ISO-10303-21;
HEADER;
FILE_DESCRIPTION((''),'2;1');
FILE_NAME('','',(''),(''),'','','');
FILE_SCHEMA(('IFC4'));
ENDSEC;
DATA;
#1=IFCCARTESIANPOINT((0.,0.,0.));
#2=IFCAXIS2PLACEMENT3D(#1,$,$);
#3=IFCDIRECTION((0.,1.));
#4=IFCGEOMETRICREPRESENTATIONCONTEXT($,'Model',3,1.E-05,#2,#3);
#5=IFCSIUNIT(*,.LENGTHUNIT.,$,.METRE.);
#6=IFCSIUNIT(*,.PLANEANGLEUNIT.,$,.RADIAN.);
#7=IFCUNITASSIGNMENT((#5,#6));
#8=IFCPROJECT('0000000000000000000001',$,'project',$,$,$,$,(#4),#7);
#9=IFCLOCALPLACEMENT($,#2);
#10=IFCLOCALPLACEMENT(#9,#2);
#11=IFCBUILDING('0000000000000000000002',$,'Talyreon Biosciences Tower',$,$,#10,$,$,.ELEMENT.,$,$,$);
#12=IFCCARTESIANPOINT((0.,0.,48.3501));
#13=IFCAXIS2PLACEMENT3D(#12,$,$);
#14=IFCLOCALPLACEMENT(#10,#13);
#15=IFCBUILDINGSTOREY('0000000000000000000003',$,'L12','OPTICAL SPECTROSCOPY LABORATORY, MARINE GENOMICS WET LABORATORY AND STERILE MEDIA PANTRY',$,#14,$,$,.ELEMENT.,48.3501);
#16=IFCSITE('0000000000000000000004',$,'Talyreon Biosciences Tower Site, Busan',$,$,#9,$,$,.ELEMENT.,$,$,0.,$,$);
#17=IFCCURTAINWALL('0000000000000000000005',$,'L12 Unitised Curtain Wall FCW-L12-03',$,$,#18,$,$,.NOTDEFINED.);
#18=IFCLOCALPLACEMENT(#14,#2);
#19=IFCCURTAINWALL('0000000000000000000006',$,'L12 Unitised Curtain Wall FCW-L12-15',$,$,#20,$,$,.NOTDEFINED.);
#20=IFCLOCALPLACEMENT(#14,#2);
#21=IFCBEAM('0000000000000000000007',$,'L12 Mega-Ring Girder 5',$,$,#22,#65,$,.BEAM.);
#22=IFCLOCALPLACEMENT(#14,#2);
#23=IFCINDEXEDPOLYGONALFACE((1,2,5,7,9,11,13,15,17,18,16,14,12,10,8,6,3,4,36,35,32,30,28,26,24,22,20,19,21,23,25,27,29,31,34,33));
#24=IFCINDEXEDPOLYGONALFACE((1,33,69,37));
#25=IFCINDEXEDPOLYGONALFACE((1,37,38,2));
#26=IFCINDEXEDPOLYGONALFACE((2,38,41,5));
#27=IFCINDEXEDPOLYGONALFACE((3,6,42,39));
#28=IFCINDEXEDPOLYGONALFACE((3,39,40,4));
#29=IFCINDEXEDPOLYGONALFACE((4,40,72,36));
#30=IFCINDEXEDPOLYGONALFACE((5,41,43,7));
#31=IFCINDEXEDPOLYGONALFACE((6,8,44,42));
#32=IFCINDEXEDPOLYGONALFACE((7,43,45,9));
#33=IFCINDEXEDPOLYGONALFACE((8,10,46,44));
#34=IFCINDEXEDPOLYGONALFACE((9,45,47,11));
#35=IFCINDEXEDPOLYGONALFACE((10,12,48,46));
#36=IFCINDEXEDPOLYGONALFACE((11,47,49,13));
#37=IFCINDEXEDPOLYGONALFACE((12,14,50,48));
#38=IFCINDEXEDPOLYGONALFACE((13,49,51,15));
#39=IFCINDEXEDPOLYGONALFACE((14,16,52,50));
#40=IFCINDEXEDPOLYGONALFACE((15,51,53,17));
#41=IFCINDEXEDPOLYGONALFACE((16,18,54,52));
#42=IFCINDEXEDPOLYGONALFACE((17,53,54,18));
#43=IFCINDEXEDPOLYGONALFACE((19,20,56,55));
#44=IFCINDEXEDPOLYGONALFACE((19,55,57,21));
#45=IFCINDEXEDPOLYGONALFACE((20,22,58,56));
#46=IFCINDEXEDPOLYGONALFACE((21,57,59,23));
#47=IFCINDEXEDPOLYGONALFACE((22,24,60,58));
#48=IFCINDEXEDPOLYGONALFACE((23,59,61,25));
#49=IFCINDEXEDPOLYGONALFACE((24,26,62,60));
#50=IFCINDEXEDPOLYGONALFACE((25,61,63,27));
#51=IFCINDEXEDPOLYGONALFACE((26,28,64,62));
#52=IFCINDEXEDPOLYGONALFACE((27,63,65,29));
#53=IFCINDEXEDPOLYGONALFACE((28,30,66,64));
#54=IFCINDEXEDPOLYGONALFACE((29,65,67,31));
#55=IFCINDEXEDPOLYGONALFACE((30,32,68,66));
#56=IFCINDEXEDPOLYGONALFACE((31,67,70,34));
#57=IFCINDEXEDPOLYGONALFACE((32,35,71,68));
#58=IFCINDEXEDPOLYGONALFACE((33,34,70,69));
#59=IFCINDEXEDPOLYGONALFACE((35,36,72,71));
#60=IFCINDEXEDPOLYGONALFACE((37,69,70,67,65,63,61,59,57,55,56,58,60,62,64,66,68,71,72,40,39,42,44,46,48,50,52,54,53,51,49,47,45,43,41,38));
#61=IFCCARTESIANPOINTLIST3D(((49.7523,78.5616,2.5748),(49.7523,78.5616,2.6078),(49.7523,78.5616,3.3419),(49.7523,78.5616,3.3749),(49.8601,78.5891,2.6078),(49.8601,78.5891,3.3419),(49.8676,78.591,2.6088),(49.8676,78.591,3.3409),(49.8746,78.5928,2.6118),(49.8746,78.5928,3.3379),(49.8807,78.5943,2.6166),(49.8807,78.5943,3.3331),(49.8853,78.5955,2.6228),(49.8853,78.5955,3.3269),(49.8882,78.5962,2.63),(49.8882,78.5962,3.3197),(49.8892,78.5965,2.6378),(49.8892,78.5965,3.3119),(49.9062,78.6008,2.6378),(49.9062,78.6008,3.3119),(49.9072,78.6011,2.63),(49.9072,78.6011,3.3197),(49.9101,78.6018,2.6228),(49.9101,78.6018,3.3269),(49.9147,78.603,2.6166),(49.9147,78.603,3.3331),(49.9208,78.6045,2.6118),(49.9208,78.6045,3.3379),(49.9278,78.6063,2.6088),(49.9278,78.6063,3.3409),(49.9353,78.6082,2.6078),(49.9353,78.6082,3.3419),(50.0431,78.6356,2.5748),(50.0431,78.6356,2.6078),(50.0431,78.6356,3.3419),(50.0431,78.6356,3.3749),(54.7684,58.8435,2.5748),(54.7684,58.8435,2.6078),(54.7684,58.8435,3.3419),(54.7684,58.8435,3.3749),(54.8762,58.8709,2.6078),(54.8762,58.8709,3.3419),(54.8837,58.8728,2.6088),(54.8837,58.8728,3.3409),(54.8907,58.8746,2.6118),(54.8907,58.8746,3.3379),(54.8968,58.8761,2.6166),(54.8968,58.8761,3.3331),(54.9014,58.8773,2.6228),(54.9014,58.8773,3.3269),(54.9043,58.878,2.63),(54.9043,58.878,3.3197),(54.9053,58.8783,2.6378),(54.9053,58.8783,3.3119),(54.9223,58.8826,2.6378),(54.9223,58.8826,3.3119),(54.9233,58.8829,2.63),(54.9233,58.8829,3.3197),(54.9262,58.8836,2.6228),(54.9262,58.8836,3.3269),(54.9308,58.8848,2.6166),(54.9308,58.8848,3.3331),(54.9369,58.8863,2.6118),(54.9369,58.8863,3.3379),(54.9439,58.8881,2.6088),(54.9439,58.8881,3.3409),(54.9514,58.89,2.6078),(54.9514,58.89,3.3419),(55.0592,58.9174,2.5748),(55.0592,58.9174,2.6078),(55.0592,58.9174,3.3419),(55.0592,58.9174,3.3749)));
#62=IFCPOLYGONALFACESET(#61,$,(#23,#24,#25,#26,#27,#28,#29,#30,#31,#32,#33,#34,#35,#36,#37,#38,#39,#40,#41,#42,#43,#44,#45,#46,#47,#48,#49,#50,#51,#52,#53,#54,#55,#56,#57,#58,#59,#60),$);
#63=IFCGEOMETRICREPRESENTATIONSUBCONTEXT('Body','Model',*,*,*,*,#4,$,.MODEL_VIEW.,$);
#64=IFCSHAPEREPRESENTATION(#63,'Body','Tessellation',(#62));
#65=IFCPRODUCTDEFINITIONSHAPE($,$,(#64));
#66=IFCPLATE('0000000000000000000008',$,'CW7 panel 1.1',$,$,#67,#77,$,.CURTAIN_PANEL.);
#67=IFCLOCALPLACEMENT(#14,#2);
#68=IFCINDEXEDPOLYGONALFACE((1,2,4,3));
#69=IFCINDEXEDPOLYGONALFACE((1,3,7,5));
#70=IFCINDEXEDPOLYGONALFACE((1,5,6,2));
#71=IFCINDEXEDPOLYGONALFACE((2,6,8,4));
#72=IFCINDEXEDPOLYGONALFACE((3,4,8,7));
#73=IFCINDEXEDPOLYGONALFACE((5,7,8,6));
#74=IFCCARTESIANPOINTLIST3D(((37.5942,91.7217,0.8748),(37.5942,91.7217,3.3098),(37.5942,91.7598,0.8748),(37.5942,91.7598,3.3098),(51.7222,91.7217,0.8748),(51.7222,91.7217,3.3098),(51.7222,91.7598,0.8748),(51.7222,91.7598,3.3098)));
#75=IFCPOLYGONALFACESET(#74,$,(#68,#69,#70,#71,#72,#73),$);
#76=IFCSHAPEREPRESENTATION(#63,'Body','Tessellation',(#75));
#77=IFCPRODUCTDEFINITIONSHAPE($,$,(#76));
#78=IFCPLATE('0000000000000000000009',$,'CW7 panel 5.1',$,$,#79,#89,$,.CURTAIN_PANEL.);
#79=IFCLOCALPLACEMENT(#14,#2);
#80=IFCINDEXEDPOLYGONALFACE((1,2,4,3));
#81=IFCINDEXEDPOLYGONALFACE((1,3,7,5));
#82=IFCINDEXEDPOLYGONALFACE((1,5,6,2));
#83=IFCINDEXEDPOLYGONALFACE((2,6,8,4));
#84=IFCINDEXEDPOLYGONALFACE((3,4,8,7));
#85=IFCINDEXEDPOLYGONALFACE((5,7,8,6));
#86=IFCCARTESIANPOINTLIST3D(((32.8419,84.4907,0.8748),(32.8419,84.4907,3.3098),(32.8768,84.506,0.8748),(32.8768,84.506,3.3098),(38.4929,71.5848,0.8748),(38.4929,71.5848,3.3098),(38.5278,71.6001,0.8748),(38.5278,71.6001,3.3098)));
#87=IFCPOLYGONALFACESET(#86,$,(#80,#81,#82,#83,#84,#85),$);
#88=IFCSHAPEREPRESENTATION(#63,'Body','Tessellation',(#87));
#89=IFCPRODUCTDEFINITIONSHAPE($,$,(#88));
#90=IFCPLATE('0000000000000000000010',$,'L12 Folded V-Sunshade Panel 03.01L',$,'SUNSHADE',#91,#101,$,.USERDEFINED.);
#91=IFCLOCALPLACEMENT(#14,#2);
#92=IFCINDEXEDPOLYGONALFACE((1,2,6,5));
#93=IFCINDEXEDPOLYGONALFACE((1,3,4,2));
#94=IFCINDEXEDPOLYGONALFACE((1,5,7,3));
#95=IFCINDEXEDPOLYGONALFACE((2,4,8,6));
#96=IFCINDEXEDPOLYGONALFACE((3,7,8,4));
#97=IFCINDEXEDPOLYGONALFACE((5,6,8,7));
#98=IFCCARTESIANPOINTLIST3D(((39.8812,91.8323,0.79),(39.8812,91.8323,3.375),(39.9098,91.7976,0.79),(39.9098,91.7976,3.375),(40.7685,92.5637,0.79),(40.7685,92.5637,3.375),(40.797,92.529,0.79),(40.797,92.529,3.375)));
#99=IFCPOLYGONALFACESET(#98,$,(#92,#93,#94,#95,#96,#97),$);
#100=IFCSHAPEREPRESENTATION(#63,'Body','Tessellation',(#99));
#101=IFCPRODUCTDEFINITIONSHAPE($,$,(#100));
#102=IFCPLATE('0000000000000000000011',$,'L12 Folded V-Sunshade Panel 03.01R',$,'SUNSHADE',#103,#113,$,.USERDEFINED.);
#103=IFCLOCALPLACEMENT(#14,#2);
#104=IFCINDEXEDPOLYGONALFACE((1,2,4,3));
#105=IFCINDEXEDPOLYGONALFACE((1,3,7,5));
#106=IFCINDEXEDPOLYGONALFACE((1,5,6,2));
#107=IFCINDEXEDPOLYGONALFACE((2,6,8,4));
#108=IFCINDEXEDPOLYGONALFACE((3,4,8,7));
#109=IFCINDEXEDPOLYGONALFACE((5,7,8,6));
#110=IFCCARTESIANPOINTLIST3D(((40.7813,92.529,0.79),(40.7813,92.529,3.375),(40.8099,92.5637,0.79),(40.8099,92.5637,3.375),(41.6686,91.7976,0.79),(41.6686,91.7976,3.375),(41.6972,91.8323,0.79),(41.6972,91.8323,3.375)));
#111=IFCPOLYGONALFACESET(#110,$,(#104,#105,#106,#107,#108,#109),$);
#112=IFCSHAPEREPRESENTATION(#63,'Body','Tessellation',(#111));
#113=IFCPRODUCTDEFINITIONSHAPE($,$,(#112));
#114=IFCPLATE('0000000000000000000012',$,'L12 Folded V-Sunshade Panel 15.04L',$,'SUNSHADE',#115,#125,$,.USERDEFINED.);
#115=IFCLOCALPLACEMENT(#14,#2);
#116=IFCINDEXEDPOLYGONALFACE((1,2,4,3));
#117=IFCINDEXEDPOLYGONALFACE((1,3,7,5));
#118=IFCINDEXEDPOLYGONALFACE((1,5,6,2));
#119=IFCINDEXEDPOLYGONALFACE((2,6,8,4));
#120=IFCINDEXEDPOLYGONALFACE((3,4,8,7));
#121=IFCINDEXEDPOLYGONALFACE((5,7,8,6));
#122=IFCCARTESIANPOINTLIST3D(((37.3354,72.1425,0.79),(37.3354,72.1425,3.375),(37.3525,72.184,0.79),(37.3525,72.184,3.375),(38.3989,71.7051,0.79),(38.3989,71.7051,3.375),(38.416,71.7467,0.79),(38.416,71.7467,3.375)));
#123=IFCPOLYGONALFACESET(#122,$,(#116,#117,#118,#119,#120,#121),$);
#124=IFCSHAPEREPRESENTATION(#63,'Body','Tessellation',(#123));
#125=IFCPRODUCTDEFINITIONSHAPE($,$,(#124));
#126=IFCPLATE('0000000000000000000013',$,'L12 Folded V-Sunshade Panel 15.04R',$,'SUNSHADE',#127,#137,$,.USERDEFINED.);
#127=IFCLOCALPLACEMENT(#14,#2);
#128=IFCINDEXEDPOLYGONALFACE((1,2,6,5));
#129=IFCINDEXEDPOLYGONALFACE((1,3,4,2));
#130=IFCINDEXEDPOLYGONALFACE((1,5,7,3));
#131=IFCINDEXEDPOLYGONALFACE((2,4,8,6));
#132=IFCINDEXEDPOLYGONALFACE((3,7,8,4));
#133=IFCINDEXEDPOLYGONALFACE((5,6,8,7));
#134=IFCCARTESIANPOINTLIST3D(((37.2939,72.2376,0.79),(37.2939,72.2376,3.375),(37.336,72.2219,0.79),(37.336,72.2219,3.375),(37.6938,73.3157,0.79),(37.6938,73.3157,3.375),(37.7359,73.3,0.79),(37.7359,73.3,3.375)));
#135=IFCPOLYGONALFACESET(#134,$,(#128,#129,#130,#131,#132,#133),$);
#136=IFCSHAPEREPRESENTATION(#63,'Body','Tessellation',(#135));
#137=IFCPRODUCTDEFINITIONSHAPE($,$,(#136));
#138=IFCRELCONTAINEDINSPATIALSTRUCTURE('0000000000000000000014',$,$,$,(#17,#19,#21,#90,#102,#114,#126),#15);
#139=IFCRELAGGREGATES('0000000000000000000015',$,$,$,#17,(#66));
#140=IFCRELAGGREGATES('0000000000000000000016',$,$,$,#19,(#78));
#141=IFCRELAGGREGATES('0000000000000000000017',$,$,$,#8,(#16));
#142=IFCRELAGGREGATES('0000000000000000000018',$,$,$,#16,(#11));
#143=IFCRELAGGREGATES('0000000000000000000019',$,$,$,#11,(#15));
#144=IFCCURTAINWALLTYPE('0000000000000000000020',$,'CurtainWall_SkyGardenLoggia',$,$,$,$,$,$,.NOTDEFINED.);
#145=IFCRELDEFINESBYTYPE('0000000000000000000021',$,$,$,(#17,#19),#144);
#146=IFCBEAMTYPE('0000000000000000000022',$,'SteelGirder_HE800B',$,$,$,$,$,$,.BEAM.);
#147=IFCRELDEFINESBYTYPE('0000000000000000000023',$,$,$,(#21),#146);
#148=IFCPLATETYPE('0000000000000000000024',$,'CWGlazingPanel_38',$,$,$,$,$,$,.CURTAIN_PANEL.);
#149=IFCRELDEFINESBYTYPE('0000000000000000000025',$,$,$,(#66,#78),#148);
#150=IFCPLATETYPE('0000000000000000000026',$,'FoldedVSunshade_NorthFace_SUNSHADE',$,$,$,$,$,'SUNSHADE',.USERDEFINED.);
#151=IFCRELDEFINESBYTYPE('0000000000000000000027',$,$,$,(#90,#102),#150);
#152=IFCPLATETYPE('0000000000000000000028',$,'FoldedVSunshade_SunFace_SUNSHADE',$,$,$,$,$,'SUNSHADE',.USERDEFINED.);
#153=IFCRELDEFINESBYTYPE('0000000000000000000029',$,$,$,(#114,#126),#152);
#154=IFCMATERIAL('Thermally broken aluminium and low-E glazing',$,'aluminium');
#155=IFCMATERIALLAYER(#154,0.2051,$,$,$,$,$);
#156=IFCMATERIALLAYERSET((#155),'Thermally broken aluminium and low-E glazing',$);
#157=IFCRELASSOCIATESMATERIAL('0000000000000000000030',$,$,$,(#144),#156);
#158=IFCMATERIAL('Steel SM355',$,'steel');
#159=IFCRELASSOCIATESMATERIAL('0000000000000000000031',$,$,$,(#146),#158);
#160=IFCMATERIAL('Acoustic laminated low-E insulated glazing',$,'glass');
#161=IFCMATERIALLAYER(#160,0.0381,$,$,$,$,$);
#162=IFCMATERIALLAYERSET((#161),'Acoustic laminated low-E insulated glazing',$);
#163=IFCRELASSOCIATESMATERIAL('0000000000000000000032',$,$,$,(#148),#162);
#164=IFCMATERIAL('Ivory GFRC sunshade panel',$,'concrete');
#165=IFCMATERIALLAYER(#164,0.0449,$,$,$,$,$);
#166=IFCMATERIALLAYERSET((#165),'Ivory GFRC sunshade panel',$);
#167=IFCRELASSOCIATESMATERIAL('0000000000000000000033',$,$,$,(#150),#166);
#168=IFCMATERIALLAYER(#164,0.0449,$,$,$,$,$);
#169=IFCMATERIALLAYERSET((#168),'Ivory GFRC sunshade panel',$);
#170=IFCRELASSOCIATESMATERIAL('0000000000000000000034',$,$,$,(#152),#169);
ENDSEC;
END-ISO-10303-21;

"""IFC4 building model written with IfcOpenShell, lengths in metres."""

from ifc_helpers import new_model, si_unit, direction, frame, origin, origin_2d, place, context, subcontext, project, spatial, rectangle, i_section, extrude, material, layer, layer_set, material_profile, profile_set, type_object, element, aggregate, save


model = new_model("IFC4")

# Units and contexts
model_context = context("Model", 3, precision=1e-05, world=origin(), true_north=direction((0.0, 1.0)))
body_context = subcontext(model_context, "Body", "Model", "MODEL_VIEW")
ifc_project = project(units=[si_unit("LENGTHUNIT", "METRE"), si_unit("PLANEANGLEUNIT", "RADIAN")], contexts=[model_context])

# Site, building, storey
site_placement = place(None, origin())
site = spatial("IfcSite", under=ifc_project, at=site_placement, Name="Talyreon Biosciences Tower Site, Busan", CompositionType="ELEMENT", RefElevation=0.0)
building_placement = place(site_placement, origin())
building = spatial("IfcBuilding", under=site, at=building_placement, Name="Talyreon Biosciences Tower", CompositionType="ELEMENT")
storey_placement = place(building_placement, frame((0.0, 0.0, 48.3501)))
storey = spatial("IfcBuildingStorey", under=building, at=storey_placement, Name="L12", Description="OPTICAL SPECTROSCOPY LABORATORY, MARINE GENOMICS WET LABORATORY AND STERILE MEDIA PANTRY", CompositionType="ELEMENT", Elevation=48.3501)

# Curtain wall
ifc_material_1 = material(Name="Thermally broken aluminium and low-E glazing", Category="aluminium")
ifc_layer_1 = layer(ifc_material_1, 0.2051)
ifc_layer_set_1 = layer_set([ifc_layer_1], Name="Thermally broken aluminium and low-E glazing")
curtain_wall_type = type_object("IfcCurtainWallType", Name="CurtainWall_SkyGardenLoggia", PredefinedType="NOTDEFINED", material=ifc_layer_set_1)
curtain_wall_1_placement = place(storey_placement, origin())
curtain_wall_1 = element("IfcCurtainWall", 1, at=curtain_wall_1_placement, inside=storey, type_object=curtain_wall_type, Name="L12 Unitised Curtain Wall FCW-L12-03", PredefinedType="NOTDEFINED")

# Curtain wall
curtain_wall_2_placement = place(storey_placement, origin())
curtain_wall_2 = element("IfcCurtainWall", 2, at=curtain_wall_2_placement, inside=storey, type_object=curtain_wall_type, Name="L12 Unitised Curtain Wall FCW-L12-15", PredefinedType="NOTDEFINED")

# Beam
ifc_material_2 = material(Name="Steel SM355", Category="steel")
ifc_material_profile_1 = material_profile(ifc_material_2, i_section(OverallWidth=0.3, OverallDepth=0.8, WebThickness=0.0176, FlangeThickness=0.033, FilletRadius=0.03, at=origin_2d()), Name="HE800B")
ifc_profile_set_1 = profile_set([ifc_material_profile_1], Name="Steel SM355")
beam_type_1 = type_object("IfcBeamType", Name="SteelGirder_HE800B", PredefinedType="BEAM", material=ifc_profile_set_1)
beam_1_placement = place(storey_placement, frame((49.8977, 78.5986, 2.9749), z_axis=(0.246537, -0.969133, 0.0), x_axis=(0.969133, 0.246537, 0.0)))
element("IfcBeam", 3, at=beam_1_placement, inside=storey, type_object=beam_type_1, Name="L12 Mega-Ring Girder 5", PredefinedType="BEAM", context=body_context, shape_type="SweptSolid", body=[
    extrude(i_section(OverallWidth=0.3, OverallDepth=0.8, WebThickness=0.0176, FlangeThickness=0.033, FilletRadius=0.03, at=origin_2d()), origin(), (0.0, 0.0, 1.0), 20.3462),
])

# Plates
ifc_material_3 = material(Name="Acoustic laminated low-E insulated glazing", Category="glass")
ifc_layer_2 = layer(ifc_material_3, 0.0381)
ifc_layer_set_2 = layer_set([ifc_layer_2], Name="Acoustic laminated low-E insulated glazing")
plate_type_1 = type_object("IfcPlateType", Name="CWGlazingPanel_38", PredefinedType="CURTAIN_PANEL", material=ifc_layer_set_2)
plate_1_placement = place(storey_placement, frame((44.6582, 91.7407, 0.8748), z_axis=(0.0, 0.0, 1.0), x_axis=(1.0, 0.0, 0.0)))
plate_1 = element("IfcPlate", 4, at=plate_1_placement, type_object=plate_type_1, Name="CW7 panel 1.1", PredefinedType="CURTAIN_PANEL", context=body_context, shape_type="SweptSolid", body=[
    extrude(rectangle(XDim=14.1279, YDim=0.0381, at=origin_2d()), origin(), (0.0, 0.0, 1.0), 2.4351),
])
aggregate(curtain_wall_1, [plate_1])
plate_2_placement = place(storey_placement, frame((35.6848, 78.0454, 0.8748), z_axis=(0.0, 0.0, 1.0), x_axis=(-0.401097, 0.916035, 0.0)))
plate_2 = element("IfcPlate", 5, at=plate_2_placement, type_object=plate_type_1, Name="CW7 panel 5.1", PredefinedType="CURTAIN_PANEL", context=body_context, shape_type="SweptSolid", body=[
    extrude(rectangle(XDim=14.0889, YDim=0.0381, at=origin_2d()), origin(), (0.0, 0.0, 1.0), 2.4351),
])
aggregate(curtain_wall_2, [plate_2])

# Plates
ifc_material_4 = material(Name="Ivory GFRC sunshade panel", Category="concrete")
ifc_layer_3 = layer(ifc_material_4, 0.0449)
ifc_layer_set_3 = layer_set([ifc_layer_3], Name="Ivory GFRC sunshade panel")
plate_type_2 = type_object("IfcPlateType", Name="FoldedVSunshade_NorthFace_SUNSHADE", ElementType="SUNSHADE", PredefinedType="USERDEFINED", material=ifc_layer_set_3)
for number, where, z_axis, x_axis, name in (
    (6, (40.3391, 92.1807, 0.79), (0.0, 0.0, 1.0), (0.771625, 0.636078, 0.0), "L12 Folded V-Sunshade Panel 03.01L"),
    (7, (41.2393, 92.1807, 0.79), (0.0, 0.0, 1.0), (0.771625, -0.636078, 0.0), "L12 Folded V-Sunshade Panel 03.01R"),
):
    element("IfcPlate", number, at=place(storey_placement, frame(where, z_axis=z_axis, x_axis=x_axis)), inside=storey, type_object=plate_type_2, Name=name, ObjectType="SUNSHADE", PredefinedType="USERDEFINED", context=body_context, shape_type="SweptSolid", body=[
        extrude(rectangle(XDim=1.1499, YDim=0.0449, at=origin_2d()), origin(), (0.0, 0.0, 1.0), 2.585),
    ])
ifc_layer_4 = layer(ifc_material_4, 0.0449)
ifc_layer_set_4 = layer_set([ifc_layer_4], Name="Ivory GFRC sunshade panel")
plate_type_3 = type_object("IfcPlateType", Name="FoldedVSunshade_SunFace_SUNSHADE", ElementType="SUNSHADE", PredefinedType="USERDEFINED", material=ifc_layer_set_4)
for number, where, z_axis, x_axis, name in (
    (8, (37.8757, 71.9446, 0.79), (0.0, 0.0, 1.0), (-0.924858, 0.380312, 0.0), "L12 Folded V-Sunshade Panel 15.04L"),
    (9, (37.5149, 72.7688, 0.79), (0.0, 0.0, 1.0), (0.347803, 0.937568, 0.0), "L12 Folded V-Sunshade Panel 15.04R"),
):
    element("IfcPlate", number, at=place(storey_placement, frame(where, z_axis=z_axis, x_axis=x_axis)), inside=storey, type_object=plate_type_3, Name=name, ObjectType="SUNSHADE", PredefinedType="USERDEFINED", context=body_context, shape_type="SweptSolid", body=[
        extrude(rectangle(XDim=1.1499, YDim=0.0449, at=origin_2d()), origin(), (0.0, 0.0, 1.0), 2.585),
    ])

save(model, "model.ifc")
